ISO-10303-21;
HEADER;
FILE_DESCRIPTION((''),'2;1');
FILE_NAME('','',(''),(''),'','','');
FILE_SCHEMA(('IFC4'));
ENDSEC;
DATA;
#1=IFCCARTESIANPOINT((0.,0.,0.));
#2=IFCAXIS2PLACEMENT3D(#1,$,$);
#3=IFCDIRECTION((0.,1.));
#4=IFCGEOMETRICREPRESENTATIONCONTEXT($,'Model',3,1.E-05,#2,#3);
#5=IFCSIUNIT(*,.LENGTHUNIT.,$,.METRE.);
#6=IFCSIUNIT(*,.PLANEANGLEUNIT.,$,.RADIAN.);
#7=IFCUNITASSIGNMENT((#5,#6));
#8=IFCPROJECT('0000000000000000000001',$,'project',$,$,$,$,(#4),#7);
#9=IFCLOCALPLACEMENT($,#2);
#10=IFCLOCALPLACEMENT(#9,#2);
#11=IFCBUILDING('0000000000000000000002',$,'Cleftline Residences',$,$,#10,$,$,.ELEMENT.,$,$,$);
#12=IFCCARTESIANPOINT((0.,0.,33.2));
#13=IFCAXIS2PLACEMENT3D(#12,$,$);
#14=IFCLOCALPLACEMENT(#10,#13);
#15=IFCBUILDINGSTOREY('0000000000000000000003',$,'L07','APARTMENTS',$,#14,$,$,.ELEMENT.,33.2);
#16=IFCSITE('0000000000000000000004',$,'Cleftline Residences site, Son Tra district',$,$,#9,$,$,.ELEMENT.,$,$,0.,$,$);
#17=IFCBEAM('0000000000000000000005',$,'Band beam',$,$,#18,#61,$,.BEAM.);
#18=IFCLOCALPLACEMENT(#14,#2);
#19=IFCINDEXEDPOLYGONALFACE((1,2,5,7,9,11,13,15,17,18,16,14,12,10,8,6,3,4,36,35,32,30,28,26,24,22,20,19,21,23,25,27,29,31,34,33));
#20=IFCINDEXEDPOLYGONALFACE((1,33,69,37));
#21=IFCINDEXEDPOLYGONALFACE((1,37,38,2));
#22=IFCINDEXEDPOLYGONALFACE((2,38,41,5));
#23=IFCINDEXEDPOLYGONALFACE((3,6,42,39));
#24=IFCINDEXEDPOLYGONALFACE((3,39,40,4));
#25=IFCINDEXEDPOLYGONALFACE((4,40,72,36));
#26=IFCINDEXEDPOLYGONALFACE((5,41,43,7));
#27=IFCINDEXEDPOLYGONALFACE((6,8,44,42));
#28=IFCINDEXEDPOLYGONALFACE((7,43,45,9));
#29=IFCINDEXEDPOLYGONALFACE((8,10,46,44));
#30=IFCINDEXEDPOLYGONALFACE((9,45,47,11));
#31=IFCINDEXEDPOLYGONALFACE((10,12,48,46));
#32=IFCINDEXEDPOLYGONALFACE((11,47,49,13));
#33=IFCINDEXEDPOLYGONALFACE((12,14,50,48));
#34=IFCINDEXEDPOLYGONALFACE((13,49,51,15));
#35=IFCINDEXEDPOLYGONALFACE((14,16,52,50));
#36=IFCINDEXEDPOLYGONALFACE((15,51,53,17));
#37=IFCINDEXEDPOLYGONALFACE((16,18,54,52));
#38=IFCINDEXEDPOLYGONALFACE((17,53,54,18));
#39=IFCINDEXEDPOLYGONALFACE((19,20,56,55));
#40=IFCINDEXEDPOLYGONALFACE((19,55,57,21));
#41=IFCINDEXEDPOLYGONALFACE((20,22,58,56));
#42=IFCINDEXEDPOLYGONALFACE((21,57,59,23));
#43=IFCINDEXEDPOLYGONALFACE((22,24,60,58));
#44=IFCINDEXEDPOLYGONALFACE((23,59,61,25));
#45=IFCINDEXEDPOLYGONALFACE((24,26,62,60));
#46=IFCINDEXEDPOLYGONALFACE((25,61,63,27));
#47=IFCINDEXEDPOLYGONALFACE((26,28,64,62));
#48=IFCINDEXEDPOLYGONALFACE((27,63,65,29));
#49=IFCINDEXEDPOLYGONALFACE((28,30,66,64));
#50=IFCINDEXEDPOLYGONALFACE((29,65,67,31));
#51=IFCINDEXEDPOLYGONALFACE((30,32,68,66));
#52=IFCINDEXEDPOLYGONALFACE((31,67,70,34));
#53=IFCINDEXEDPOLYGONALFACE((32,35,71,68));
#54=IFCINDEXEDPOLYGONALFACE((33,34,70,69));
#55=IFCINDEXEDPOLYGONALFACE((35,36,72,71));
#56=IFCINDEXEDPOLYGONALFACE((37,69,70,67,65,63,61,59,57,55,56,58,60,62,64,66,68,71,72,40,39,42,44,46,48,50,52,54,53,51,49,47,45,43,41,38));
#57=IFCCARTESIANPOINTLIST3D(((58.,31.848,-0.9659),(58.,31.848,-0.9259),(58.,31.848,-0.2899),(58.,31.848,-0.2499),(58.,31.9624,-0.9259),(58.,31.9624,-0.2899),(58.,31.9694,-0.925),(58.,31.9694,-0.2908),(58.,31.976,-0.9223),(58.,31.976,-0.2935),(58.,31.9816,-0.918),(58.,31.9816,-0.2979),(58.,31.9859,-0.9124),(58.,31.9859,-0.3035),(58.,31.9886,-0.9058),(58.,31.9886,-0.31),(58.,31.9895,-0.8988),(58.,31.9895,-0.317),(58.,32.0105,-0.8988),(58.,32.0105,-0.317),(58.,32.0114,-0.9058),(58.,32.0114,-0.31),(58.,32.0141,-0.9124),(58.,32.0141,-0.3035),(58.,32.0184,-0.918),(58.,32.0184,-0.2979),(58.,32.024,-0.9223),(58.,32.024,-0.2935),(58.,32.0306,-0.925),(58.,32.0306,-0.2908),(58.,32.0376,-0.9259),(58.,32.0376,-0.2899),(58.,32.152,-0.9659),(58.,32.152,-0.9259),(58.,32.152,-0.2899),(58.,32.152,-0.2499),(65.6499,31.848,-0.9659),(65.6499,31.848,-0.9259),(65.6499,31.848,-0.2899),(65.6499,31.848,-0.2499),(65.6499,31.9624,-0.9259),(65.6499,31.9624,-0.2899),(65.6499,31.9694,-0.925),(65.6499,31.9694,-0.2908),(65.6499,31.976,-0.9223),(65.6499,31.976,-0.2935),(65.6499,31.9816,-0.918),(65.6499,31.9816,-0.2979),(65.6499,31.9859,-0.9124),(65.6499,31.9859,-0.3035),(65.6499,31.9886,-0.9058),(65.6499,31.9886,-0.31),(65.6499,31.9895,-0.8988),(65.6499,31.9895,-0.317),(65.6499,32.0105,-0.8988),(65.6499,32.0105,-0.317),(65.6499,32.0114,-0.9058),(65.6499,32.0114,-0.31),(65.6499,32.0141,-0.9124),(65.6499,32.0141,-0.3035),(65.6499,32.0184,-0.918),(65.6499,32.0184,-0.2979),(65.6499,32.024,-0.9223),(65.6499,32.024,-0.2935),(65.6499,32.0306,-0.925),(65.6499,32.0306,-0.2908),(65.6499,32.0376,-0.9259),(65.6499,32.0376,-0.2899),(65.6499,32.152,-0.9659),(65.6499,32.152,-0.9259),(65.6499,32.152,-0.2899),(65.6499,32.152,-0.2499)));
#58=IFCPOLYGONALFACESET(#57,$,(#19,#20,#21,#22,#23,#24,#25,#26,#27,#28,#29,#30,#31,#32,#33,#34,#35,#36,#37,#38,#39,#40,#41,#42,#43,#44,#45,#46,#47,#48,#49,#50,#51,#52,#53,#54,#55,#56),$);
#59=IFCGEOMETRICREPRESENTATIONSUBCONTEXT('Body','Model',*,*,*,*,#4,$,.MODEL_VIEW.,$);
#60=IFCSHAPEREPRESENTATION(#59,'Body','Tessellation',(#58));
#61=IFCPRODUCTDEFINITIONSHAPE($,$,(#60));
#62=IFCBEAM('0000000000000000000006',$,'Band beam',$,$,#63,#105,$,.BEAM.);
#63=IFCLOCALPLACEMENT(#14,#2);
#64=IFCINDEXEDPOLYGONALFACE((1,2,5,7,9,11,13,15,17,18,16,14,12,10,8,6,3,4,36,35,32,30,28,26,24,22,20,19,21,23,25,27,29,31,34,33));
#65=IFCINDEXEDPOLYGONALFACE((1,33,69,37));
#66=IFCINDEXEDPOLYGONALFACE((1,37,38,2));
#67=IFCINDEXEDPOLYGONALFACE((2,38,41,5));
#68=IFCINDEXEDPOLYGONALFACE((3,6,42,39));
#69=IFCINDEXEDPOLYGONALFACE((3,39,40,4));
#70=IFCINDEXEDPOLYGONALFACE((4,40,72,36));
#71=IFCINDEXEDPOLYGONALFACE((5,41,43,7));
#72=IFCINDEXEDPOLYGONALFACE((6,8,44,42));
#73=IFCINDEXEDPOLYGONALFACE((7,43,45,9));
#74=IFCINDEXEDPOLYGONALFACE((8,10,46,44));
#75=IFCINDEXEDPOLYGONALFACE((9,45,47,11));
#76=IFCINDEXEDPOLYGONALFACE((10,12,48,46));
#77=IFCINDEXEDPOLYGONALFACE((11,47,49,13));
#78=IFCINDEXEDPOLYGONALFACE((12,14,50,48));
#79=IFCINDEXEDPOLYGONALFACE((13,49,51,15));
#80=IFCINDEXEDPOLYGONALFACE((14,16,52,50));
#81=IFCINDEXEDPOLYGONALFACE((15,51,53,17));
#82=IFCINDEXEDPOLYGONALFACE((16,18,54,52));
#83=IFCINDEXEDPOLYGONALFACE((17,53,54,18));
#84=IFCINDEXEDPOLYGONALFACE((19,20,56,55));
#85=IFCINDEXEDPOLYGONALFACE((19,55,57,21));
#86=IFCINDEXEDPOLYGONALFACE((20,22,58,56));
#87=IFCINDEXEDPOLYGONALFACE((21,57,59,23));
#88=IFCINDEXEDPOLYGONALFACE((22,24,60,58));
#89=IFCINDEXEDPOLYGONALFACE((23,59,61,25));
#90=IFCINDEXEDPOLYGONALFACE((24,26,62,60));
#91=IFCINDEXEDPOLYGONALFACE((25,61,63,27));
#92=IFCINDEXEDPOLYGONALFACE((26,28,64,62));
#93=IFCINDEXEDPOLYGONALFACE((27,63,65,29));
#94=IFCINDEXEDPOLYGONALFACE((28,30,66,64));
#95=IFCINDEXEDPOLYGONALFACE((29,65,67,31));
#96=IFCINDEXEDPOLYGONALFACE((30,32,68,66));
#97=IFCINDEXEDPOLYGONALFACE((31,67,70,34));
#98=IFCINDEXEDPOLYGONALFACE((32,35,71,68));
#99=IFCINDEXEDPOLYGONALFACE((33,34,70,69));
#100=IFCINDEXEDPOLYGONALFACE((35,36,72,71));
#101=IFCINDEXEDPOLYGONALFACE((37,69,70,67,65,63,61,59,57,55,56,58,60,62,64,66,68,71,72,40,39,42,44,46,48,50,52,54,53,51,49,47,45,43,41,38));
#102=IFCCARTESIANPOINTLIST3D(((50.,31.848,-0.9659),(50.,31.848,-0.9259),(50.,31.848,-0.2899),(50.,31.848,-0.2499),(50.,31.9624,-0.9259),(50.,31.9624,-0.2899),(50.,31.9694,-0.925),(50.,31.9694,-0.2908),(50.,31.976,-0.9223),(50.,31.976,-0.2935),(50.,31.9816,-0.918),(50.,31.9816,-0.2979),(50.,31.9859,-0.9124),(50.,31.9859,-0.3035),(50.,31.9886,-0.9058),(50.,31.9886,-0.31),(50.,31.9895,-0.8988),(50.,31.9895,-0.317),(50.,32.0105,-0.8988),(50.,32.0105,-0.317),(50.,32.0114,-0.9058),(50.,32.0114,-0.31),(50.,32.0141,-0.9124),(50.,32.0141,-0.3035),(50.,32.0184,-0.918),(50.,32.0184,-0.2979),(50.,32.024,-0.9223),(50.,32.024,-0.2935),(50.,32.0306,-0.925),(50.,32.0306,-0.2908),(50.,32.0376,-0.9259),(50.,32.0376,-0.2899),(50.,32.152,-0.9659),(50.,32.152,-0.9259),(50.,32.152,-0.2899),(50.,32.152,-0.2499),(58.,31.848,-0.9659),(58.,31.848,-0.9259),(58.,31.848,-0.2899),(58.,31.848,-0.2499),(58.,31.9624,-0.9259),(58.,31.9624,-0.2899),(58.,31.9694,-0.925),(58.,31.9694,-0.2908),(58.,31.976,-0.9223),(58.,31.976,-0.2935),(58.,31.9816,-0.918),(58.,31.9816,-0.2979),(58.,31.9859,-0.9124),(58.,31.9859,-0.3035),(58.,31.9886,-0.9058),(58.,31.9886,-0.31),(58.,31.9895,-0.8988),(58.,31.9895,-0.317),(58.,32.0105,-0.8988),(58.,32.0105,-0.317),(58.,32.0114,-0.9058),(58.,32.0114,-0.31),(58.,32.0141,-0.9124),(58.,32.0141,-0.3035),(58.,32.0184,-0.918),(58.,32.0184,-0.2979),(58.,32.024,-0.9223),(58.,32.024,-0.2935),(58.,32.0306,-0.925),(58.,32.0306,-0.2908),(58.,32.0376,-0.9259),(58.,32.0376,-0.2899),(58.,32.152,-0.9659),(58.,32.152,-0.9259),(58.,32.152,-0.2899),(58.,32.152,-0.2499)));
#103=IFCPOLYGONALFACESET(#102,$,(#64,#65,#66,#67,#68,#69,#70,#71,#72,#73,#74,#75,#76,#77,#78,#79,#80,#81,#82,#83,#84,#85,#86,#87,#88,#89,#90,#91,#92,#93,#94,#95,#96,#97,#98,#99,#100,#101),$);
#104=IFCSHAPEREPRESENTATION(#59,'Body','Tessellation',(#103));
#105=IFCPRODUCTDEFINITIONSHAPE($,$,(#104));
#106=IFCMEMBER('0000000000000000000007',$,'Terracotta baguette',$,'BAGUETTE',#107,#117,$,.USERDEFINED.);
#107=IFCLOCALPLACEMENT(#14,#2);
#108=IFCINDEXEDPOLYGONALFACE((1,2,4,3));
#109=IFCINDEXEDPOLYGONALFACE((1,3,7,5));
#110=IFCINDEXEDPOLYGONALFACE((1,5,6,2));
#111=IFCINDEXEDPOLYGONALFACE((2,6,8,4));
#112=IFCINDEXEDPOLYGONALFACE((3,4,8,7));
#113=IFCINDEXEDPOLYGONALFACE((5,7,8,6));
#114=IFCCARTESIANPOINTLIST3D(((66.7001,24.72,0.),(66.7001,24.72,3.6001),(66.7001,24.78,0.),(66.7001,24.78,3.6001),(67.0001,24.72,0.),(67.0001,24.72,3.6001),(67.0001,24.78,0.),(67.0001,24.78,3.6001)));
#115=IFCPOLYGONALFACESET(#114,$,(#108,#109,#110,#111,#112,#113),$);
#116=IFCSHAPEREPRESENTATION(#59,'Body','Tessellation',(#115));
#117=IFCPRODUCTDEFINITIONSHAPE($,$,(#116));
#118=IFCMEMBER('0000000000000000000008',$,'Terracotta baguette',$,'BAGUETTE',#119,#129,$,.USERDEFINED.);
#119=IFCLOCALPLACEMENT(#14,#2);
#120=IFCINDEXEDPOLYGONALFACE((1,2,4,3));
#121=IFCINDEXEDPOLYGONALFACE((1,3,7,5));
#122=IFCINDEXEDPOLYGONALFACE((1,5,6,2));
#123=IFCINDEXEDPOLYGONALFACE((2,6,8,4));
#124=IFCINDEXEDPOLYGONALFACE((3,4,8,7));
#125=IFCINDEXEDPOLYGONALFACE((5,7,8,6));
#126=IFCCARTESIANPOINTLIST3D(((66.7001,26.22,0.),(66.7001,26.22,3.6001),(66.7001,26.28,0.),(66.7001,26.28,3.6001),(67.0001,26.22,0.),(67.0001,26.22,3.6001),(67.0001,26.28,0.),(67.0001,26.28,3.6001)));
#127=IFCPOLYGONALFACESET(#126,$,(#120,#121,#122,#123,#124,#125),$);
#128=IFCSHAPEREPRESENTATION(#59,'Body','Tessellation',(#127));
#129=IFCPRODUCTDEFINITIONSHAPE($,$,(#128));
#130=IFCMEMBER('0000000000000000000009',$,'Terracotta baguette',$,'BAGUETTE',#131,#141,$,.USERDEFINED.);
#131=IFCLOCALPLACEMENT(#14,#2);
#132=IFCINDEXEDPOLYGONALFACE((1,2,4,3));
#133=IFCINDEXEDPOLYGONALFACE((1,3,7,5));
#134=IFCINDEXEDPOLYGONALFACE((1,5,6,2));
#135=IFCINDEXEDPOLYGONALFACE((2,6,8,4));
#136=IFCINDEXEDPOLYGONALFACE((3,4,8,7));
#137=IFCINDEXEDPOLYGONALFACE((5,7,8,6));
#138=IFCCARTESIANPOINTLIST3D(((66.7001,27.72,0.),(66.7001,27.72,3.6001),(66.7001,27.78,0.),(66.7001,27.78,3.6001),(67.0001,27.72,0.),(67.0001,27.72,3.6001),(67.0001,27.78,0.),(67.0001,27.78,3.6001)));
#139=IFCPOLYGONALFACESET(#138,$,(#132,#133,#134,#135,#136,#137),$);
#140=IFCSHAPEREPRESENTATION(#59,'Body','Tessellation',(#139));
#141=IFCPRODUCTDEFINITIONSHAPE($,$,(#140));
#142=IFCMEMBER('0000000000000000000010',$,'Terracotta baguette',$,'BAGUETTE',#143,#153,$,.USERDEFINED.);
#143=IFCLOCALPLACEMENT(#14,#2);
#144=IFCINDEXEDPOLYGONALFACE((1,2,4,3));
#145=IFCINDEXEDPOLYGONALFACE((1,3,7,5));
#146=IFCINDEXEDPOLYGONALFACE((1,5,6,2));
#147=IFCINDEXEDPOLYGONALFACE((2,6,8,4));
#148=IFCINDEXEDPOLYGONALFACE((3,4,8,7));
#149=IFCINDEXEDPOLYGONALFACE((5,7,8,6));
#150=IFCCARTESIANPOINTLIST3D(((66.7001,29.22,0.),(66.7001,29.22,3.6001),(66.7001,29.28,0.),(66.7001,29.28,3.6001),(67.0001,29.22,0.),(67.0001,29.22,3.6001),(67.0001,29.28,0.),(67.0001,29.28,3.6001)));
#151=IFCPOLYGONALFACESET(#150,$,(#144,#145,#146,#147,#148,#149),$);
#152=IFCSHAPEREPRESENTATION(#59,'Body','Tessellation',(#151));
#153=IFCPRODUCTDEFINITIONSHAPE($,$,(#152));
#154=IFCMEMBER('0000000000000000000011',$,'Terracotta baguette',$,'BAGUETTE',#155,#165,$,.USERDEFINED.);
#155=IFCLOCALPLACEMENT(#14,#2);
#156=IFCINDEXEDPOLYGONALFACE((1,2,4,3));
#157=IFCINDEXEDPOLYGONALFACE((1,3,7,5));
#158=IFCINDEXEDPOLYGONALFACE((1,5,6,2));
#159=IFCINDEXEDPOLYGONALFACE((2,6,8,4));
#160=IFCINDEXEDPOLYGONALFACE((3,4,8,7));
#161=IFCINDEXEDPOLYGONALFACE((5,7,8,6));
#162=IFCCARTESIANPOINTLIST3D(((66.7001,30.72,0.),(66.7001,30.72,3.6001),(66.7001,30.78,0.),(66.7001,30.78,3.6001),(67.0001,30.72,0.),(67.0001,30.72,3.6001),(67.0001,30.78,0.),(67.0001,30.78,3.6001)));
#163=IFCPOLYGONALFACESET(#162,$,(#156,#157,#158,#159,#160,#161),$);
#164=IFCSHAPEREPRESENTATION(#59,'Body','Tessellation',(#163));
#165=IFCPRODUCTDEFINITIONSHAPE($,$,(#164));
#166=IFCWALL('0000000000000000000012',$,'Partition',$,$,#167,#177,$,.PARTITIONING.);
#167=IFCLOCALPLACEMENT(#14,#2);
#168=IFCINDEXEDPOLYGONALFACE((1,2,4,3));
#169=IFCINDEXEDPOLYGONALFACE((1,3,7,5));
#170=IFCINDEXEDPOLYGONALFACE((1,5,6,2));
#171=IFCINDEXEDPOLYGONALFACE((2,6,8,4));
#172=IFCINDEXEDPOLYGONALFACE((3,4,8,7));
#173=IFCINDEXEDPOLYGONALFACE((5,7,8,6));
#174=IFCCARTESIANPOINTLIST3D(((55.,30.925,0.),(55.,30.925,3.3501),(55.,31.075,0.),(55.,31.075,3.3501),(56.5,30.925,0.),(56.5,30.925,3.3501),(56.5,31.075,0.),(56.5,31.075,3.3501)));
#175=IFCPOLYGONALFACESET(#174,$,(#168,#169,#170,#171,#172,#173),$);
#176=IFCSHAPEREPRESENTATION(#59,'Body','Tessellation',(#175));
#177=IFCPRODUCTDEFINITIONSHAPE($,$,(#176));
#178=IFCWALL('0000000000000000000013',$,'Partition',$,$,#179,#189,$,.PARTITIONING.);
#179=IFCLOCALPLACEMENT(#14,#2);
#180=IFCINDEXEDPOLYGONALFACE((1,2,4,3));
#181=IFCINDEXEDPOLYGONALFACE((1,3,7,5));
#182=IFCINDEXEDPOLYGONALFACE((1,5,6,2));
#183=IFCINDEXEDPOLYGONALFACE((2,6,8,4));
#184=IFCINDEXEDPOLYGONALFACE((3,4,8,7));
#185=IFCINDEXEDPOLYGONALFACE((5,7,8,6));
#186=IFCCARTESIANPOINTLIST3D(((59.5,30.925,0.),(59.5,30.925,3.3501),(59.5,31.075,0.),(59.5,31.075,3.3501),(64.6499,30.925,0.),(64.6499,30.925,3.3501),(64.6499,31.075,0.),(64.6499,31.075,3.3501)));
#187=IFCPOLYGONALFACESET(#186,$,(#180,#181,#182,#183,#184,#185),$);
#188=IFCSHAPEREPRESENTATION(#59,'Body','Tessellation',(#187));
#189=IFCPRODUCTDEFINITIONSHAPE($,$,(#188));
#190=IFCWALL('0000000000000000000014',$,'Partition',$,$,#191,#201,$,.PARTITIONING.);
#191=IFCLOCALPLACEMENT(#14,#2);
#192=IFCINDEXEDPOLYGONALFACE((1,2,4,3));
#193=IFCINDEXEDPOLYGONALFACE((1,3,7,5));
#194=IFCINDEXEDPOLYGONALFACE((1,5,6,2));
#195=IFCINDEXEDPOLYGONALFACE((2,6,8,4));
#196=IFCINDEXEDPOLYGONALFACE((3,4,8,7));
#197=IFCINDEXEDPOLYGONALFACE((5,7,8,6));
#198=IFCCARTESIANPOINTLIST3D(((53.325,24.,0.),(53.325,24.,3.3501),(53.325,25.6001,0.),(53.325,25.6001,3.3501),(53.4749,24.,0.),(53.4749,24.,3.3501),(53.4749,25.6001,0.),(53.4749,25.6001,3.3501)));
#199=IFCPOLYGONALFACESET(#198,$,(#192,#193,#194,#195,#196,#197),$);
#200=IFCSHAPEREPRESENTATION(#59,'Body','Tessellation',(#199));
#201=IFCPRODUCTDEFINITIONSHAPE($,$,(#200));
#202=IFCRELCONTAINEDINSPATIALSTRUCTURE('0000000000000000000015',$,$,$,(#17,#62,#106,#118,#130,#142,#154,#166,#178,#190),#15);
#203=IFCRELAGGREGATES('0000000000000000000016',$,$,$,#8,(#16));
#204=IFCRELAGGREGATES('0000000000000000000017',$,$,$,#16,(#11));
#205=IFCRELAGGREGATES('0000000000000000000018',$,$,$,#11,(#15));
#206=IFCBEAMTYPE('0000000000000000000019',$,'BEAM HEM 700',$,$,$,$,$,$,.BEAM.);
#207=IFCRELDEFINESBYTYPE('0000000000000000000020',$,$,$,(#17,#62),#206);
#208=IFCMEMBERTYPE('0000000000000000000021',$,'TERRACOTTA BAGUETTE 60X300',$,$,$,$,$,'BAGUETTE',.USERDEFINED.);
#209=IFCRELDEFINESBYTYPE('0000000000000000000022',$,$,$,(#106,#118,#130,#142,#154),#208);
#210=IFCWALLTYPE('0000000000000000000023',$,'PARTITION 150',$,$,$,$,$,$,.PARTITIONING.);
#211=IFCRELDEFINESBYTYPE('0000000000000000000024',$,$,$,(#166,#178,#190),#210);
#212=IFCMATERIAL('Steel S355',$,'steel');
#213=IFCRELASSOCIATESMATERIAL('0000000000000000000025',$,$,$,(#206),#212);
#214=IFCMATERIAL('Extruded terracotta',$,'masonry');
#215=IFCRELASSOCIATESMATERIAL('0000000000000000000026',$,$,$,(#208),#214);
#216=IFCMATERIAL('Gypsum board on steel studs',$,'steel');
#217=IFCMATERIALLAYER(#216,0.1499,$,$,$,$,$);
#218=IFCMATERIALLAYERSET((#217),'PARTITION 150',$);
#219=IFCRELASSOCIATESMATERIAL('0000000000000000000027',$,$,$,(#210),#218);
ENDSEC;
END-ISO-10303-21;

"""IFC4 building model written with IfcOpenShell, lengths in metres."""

from ifc_helpers import new_model, si_unit, direction, frame, frame_2d, origin, origin_2d, place, context, subcontext, project, spatial, rectangle, i_section, extrude, material, layer, layer_set, material_profile, profile_set, type_object, element, save


model = new_model("IFC4")

# Units and contexts
model_context = context("Model", 3, precision=1e-05, world=origin(), true_north=direction((0.0, 1.0)))
body_context = subcontext(model_context, "Body", "Model", "MODEL_VIEW")
ifc_project = project(units=[si_unit("LENGTHUNIT", "METRE"), si_unit("PLANEANGLEUNIT", "RADIAN")], contexts=[model_context])

# Site, building, storey
site_placement = place(None, origin())
site = spatial("IfcSite", under=ifc_project, at=site_placement, Name="Cleftline Residences site, Son Tra district", CompositionType="ELEMENT", RefElevation=0.0)
building_placement = place(site_placement, origin())
building = spatial("IfcBuilding", under=site, at=building_placement, Name="Cleftline Residences", CompositionType="ELEMENT")
storey_placement = place(building_placement, frame((0.0, 0.0, 33.2)))
storey = spatial("IfcBuildingStorey", under=building, at=storey_placement, Name="L07", Description="APARTMENTS", CompositionType="ELEMENT", Elevation=33.2)

# Beams
ifc_material_1 = material(Name="Steel S355", Category="steel")
ifc_material_profile_1 = material_profile(ifc_material_1, i_section(OverallWidth=0.304, OverallDepth=0.7161, WebThickness=0.021, FlangeThickness=0.04, FilletRadius=0.0271, at=origin_2d()))
ifc_profile_set_1 = profile_set([ifc_material_profile_1], Name="Steel S355")
beam_type_1 = type_object("IfcBeamType", Name="BEAM HEM 700", PredefinedType="BEAM", material=ifc_profile_set_1)
beam_1_placement = place(storey_placement, frame((65.6499, 32.0, -0.6079), z_axis=(-1.0, 0.0, 0.0), x_axis=(0.0, -1.0, 0.0)))
element("IfcBeam", 1, at=beam_1_placement, inside=storey, type_object=beam_type_1, Name="Band beam", PredefinedType="BEAM", context=body_context, shape_type="SweptSolid", body=[
    extrude(i_section(OverallWidth=0.304, OverallDepth=0.7161, WebThickness=0.021, FlangeThickness=0.04, FilletRadius=0.0271, at=origin_2d()), origin(), (0.0, 0.0, 1.0), 7.6499),
])
beam_2_placement = place(storey_placement, frame((58.0, 32.0, -0.6079), z_axis=(-1.0, 0.0, 0.0), x_axis=(0.0, -1.0, 0.0)))
element("IfcBeam", 2, at=beam_2_placement, inside=storey, type_object=beam_type_1, Name="Band beam", PredefinedType="BEAM", context=body_context, shape_type="SweptSolid", body=[
    extrude(i_section(OverallWidth=0.304, OverallDepth=0.7161, WebThickness=0.021, FlangeThickness=0.04, FilletRadius=0.0271, at=origin_2d()), origin(), (0.0, 0.0, 1.0), 8.0),
])

# Members
ifc_material_2 = material(Name="Extruded terracotta", Category="masonry")
ifc_material_profile_2 = material_profile(ifc_material_2, rectangle(XDim=0.0601, YDim=0.3, at=origin_2d()))
ifc_profile_set_2 = profile_set([ifc_material_profile_2], Name="Extruded terracotta")
member_type_1 = type_object("IfcMemberType", Name="TERRACOTTA BAGUETTE 60X300", ElementType="BAGUETTE", PredefinedType="USERDEFINED", material=ifc_profile_set_2)
for number, where, z_axis, x_axis, name in (
    (3, (66.8501, 24.75, 0.0), (0.0, 0.0, 1.0), (0.0, 1.0, 0.0), "Terracotta baguette"),
    (4, (66.8501, 26.25, 0.0), (0.0, 0.0, 1.0), (0.0, 1.0, 0.0), "Terracotta baguette"),
    (5, (66.8501, 27.75, 0.0), (0.0, 0.0, 1.0), (0.0, 1.0, 0.0), "Terracotta baguette"),
    (6, (66.8501, 29.25, 0.0), (0.0, 0.0, 1.0), (0.0, 1.0, 0.0), "Terracotta baguette"),
    (7, (66.8501, 30.75, 0.0), (0.0, 0.0, 1.0), (0.0, 1.0, 0.0), "Terracotta baguette"),
):
    element("IfcMember", number, at=place(storey_placement, frame(where, z_axis=z_axis, x_axis=x_axis)), inside=storey, type_object=member_type_1, Name=name, ObjectType="BAGUETTE", PredefinedType="USERDEFINED", context=body_context, shape_type="SweptSolid", body=[
        extrude(rectangle(XDim=0.0601, YDim=0.3, at=origin_2d()), origin(), (0.0, 0.0, 1.0), 3.6001),
    ])

# Walls
ifc_material_3 = material(Name="Gypsum board on steel studs", Category="steel")
ifc_layer_1 = layer(ifc_material_3, 0.1499)
ifc_layer_set_1 = layer_set([ifc_layer_1], Name="PARTITION 150")
wall_type_1 = type_object("IfcWallType", Name="PARTITION 150", PredefinedType="PARTITIONING", material=ifc_layer_set_1)
wall_1_placement = place(storey_placement, frame((55.0, 31.0, 0.0), z_axis=(0.0, 0.0, 1.0), x_axis=(1.0, 0.0, 0.0)))
element("IfcWall", 8, at=wall_1_placement, inside=storey, type_object=wall_type_1, Name="Partition", PredefinedType="PARTITIONING", context=body_context, shape_type="SweptSolid", body=[
    extrude(rectangle(XDim=1.5, YDim=0.1499, at=frame_2d((0.75, 0.0))), origin(), (0.0, 0.0, 1.0), 3.3501),
])
wall_2_placement = place(storey_placement, frame((59.5, 31.0, 0.0), z_axis=(0.0, 0.0, 1.0), x_axis=(1.0, 0.0, 0.0)))
element("IfcWall", 9, at=wall_2_placement, inside=storey, type_object=wall_type_1, Name="Partition", PredefinedType="PARTITIONING", context=body_context, shape_type="SweptSolid", body=[
    extrude(rectangle(XDim=5.1499, YDim=0.1499, at=frame_2d((2.575, 0.0))), origin(), (0.0, 0.0, 1.0), 3.3501),
])
wall_3_placement = place(storey_placement, frame((53.3999, 24.0, 0.0), z_axis=(0.0, 0.0, 1.0), x_axis=(0.0, 1.0, 0.0)))
element("IfcWall", 10, at=wall_3_placement, inside=storey, type_object=wall_type_1, Name="Partition", PredefinedType="PARTITIONING", context=body_context, shape_type="SweptSolid", body=[
    extrude(rectangle(XDim=1.6001, YDim=0.1499, at=frame_2d((0.8, 0.0))), origin(), (0.0, 0.0, 1.0), 3.3501),
])

save(model, "model.ifc")
